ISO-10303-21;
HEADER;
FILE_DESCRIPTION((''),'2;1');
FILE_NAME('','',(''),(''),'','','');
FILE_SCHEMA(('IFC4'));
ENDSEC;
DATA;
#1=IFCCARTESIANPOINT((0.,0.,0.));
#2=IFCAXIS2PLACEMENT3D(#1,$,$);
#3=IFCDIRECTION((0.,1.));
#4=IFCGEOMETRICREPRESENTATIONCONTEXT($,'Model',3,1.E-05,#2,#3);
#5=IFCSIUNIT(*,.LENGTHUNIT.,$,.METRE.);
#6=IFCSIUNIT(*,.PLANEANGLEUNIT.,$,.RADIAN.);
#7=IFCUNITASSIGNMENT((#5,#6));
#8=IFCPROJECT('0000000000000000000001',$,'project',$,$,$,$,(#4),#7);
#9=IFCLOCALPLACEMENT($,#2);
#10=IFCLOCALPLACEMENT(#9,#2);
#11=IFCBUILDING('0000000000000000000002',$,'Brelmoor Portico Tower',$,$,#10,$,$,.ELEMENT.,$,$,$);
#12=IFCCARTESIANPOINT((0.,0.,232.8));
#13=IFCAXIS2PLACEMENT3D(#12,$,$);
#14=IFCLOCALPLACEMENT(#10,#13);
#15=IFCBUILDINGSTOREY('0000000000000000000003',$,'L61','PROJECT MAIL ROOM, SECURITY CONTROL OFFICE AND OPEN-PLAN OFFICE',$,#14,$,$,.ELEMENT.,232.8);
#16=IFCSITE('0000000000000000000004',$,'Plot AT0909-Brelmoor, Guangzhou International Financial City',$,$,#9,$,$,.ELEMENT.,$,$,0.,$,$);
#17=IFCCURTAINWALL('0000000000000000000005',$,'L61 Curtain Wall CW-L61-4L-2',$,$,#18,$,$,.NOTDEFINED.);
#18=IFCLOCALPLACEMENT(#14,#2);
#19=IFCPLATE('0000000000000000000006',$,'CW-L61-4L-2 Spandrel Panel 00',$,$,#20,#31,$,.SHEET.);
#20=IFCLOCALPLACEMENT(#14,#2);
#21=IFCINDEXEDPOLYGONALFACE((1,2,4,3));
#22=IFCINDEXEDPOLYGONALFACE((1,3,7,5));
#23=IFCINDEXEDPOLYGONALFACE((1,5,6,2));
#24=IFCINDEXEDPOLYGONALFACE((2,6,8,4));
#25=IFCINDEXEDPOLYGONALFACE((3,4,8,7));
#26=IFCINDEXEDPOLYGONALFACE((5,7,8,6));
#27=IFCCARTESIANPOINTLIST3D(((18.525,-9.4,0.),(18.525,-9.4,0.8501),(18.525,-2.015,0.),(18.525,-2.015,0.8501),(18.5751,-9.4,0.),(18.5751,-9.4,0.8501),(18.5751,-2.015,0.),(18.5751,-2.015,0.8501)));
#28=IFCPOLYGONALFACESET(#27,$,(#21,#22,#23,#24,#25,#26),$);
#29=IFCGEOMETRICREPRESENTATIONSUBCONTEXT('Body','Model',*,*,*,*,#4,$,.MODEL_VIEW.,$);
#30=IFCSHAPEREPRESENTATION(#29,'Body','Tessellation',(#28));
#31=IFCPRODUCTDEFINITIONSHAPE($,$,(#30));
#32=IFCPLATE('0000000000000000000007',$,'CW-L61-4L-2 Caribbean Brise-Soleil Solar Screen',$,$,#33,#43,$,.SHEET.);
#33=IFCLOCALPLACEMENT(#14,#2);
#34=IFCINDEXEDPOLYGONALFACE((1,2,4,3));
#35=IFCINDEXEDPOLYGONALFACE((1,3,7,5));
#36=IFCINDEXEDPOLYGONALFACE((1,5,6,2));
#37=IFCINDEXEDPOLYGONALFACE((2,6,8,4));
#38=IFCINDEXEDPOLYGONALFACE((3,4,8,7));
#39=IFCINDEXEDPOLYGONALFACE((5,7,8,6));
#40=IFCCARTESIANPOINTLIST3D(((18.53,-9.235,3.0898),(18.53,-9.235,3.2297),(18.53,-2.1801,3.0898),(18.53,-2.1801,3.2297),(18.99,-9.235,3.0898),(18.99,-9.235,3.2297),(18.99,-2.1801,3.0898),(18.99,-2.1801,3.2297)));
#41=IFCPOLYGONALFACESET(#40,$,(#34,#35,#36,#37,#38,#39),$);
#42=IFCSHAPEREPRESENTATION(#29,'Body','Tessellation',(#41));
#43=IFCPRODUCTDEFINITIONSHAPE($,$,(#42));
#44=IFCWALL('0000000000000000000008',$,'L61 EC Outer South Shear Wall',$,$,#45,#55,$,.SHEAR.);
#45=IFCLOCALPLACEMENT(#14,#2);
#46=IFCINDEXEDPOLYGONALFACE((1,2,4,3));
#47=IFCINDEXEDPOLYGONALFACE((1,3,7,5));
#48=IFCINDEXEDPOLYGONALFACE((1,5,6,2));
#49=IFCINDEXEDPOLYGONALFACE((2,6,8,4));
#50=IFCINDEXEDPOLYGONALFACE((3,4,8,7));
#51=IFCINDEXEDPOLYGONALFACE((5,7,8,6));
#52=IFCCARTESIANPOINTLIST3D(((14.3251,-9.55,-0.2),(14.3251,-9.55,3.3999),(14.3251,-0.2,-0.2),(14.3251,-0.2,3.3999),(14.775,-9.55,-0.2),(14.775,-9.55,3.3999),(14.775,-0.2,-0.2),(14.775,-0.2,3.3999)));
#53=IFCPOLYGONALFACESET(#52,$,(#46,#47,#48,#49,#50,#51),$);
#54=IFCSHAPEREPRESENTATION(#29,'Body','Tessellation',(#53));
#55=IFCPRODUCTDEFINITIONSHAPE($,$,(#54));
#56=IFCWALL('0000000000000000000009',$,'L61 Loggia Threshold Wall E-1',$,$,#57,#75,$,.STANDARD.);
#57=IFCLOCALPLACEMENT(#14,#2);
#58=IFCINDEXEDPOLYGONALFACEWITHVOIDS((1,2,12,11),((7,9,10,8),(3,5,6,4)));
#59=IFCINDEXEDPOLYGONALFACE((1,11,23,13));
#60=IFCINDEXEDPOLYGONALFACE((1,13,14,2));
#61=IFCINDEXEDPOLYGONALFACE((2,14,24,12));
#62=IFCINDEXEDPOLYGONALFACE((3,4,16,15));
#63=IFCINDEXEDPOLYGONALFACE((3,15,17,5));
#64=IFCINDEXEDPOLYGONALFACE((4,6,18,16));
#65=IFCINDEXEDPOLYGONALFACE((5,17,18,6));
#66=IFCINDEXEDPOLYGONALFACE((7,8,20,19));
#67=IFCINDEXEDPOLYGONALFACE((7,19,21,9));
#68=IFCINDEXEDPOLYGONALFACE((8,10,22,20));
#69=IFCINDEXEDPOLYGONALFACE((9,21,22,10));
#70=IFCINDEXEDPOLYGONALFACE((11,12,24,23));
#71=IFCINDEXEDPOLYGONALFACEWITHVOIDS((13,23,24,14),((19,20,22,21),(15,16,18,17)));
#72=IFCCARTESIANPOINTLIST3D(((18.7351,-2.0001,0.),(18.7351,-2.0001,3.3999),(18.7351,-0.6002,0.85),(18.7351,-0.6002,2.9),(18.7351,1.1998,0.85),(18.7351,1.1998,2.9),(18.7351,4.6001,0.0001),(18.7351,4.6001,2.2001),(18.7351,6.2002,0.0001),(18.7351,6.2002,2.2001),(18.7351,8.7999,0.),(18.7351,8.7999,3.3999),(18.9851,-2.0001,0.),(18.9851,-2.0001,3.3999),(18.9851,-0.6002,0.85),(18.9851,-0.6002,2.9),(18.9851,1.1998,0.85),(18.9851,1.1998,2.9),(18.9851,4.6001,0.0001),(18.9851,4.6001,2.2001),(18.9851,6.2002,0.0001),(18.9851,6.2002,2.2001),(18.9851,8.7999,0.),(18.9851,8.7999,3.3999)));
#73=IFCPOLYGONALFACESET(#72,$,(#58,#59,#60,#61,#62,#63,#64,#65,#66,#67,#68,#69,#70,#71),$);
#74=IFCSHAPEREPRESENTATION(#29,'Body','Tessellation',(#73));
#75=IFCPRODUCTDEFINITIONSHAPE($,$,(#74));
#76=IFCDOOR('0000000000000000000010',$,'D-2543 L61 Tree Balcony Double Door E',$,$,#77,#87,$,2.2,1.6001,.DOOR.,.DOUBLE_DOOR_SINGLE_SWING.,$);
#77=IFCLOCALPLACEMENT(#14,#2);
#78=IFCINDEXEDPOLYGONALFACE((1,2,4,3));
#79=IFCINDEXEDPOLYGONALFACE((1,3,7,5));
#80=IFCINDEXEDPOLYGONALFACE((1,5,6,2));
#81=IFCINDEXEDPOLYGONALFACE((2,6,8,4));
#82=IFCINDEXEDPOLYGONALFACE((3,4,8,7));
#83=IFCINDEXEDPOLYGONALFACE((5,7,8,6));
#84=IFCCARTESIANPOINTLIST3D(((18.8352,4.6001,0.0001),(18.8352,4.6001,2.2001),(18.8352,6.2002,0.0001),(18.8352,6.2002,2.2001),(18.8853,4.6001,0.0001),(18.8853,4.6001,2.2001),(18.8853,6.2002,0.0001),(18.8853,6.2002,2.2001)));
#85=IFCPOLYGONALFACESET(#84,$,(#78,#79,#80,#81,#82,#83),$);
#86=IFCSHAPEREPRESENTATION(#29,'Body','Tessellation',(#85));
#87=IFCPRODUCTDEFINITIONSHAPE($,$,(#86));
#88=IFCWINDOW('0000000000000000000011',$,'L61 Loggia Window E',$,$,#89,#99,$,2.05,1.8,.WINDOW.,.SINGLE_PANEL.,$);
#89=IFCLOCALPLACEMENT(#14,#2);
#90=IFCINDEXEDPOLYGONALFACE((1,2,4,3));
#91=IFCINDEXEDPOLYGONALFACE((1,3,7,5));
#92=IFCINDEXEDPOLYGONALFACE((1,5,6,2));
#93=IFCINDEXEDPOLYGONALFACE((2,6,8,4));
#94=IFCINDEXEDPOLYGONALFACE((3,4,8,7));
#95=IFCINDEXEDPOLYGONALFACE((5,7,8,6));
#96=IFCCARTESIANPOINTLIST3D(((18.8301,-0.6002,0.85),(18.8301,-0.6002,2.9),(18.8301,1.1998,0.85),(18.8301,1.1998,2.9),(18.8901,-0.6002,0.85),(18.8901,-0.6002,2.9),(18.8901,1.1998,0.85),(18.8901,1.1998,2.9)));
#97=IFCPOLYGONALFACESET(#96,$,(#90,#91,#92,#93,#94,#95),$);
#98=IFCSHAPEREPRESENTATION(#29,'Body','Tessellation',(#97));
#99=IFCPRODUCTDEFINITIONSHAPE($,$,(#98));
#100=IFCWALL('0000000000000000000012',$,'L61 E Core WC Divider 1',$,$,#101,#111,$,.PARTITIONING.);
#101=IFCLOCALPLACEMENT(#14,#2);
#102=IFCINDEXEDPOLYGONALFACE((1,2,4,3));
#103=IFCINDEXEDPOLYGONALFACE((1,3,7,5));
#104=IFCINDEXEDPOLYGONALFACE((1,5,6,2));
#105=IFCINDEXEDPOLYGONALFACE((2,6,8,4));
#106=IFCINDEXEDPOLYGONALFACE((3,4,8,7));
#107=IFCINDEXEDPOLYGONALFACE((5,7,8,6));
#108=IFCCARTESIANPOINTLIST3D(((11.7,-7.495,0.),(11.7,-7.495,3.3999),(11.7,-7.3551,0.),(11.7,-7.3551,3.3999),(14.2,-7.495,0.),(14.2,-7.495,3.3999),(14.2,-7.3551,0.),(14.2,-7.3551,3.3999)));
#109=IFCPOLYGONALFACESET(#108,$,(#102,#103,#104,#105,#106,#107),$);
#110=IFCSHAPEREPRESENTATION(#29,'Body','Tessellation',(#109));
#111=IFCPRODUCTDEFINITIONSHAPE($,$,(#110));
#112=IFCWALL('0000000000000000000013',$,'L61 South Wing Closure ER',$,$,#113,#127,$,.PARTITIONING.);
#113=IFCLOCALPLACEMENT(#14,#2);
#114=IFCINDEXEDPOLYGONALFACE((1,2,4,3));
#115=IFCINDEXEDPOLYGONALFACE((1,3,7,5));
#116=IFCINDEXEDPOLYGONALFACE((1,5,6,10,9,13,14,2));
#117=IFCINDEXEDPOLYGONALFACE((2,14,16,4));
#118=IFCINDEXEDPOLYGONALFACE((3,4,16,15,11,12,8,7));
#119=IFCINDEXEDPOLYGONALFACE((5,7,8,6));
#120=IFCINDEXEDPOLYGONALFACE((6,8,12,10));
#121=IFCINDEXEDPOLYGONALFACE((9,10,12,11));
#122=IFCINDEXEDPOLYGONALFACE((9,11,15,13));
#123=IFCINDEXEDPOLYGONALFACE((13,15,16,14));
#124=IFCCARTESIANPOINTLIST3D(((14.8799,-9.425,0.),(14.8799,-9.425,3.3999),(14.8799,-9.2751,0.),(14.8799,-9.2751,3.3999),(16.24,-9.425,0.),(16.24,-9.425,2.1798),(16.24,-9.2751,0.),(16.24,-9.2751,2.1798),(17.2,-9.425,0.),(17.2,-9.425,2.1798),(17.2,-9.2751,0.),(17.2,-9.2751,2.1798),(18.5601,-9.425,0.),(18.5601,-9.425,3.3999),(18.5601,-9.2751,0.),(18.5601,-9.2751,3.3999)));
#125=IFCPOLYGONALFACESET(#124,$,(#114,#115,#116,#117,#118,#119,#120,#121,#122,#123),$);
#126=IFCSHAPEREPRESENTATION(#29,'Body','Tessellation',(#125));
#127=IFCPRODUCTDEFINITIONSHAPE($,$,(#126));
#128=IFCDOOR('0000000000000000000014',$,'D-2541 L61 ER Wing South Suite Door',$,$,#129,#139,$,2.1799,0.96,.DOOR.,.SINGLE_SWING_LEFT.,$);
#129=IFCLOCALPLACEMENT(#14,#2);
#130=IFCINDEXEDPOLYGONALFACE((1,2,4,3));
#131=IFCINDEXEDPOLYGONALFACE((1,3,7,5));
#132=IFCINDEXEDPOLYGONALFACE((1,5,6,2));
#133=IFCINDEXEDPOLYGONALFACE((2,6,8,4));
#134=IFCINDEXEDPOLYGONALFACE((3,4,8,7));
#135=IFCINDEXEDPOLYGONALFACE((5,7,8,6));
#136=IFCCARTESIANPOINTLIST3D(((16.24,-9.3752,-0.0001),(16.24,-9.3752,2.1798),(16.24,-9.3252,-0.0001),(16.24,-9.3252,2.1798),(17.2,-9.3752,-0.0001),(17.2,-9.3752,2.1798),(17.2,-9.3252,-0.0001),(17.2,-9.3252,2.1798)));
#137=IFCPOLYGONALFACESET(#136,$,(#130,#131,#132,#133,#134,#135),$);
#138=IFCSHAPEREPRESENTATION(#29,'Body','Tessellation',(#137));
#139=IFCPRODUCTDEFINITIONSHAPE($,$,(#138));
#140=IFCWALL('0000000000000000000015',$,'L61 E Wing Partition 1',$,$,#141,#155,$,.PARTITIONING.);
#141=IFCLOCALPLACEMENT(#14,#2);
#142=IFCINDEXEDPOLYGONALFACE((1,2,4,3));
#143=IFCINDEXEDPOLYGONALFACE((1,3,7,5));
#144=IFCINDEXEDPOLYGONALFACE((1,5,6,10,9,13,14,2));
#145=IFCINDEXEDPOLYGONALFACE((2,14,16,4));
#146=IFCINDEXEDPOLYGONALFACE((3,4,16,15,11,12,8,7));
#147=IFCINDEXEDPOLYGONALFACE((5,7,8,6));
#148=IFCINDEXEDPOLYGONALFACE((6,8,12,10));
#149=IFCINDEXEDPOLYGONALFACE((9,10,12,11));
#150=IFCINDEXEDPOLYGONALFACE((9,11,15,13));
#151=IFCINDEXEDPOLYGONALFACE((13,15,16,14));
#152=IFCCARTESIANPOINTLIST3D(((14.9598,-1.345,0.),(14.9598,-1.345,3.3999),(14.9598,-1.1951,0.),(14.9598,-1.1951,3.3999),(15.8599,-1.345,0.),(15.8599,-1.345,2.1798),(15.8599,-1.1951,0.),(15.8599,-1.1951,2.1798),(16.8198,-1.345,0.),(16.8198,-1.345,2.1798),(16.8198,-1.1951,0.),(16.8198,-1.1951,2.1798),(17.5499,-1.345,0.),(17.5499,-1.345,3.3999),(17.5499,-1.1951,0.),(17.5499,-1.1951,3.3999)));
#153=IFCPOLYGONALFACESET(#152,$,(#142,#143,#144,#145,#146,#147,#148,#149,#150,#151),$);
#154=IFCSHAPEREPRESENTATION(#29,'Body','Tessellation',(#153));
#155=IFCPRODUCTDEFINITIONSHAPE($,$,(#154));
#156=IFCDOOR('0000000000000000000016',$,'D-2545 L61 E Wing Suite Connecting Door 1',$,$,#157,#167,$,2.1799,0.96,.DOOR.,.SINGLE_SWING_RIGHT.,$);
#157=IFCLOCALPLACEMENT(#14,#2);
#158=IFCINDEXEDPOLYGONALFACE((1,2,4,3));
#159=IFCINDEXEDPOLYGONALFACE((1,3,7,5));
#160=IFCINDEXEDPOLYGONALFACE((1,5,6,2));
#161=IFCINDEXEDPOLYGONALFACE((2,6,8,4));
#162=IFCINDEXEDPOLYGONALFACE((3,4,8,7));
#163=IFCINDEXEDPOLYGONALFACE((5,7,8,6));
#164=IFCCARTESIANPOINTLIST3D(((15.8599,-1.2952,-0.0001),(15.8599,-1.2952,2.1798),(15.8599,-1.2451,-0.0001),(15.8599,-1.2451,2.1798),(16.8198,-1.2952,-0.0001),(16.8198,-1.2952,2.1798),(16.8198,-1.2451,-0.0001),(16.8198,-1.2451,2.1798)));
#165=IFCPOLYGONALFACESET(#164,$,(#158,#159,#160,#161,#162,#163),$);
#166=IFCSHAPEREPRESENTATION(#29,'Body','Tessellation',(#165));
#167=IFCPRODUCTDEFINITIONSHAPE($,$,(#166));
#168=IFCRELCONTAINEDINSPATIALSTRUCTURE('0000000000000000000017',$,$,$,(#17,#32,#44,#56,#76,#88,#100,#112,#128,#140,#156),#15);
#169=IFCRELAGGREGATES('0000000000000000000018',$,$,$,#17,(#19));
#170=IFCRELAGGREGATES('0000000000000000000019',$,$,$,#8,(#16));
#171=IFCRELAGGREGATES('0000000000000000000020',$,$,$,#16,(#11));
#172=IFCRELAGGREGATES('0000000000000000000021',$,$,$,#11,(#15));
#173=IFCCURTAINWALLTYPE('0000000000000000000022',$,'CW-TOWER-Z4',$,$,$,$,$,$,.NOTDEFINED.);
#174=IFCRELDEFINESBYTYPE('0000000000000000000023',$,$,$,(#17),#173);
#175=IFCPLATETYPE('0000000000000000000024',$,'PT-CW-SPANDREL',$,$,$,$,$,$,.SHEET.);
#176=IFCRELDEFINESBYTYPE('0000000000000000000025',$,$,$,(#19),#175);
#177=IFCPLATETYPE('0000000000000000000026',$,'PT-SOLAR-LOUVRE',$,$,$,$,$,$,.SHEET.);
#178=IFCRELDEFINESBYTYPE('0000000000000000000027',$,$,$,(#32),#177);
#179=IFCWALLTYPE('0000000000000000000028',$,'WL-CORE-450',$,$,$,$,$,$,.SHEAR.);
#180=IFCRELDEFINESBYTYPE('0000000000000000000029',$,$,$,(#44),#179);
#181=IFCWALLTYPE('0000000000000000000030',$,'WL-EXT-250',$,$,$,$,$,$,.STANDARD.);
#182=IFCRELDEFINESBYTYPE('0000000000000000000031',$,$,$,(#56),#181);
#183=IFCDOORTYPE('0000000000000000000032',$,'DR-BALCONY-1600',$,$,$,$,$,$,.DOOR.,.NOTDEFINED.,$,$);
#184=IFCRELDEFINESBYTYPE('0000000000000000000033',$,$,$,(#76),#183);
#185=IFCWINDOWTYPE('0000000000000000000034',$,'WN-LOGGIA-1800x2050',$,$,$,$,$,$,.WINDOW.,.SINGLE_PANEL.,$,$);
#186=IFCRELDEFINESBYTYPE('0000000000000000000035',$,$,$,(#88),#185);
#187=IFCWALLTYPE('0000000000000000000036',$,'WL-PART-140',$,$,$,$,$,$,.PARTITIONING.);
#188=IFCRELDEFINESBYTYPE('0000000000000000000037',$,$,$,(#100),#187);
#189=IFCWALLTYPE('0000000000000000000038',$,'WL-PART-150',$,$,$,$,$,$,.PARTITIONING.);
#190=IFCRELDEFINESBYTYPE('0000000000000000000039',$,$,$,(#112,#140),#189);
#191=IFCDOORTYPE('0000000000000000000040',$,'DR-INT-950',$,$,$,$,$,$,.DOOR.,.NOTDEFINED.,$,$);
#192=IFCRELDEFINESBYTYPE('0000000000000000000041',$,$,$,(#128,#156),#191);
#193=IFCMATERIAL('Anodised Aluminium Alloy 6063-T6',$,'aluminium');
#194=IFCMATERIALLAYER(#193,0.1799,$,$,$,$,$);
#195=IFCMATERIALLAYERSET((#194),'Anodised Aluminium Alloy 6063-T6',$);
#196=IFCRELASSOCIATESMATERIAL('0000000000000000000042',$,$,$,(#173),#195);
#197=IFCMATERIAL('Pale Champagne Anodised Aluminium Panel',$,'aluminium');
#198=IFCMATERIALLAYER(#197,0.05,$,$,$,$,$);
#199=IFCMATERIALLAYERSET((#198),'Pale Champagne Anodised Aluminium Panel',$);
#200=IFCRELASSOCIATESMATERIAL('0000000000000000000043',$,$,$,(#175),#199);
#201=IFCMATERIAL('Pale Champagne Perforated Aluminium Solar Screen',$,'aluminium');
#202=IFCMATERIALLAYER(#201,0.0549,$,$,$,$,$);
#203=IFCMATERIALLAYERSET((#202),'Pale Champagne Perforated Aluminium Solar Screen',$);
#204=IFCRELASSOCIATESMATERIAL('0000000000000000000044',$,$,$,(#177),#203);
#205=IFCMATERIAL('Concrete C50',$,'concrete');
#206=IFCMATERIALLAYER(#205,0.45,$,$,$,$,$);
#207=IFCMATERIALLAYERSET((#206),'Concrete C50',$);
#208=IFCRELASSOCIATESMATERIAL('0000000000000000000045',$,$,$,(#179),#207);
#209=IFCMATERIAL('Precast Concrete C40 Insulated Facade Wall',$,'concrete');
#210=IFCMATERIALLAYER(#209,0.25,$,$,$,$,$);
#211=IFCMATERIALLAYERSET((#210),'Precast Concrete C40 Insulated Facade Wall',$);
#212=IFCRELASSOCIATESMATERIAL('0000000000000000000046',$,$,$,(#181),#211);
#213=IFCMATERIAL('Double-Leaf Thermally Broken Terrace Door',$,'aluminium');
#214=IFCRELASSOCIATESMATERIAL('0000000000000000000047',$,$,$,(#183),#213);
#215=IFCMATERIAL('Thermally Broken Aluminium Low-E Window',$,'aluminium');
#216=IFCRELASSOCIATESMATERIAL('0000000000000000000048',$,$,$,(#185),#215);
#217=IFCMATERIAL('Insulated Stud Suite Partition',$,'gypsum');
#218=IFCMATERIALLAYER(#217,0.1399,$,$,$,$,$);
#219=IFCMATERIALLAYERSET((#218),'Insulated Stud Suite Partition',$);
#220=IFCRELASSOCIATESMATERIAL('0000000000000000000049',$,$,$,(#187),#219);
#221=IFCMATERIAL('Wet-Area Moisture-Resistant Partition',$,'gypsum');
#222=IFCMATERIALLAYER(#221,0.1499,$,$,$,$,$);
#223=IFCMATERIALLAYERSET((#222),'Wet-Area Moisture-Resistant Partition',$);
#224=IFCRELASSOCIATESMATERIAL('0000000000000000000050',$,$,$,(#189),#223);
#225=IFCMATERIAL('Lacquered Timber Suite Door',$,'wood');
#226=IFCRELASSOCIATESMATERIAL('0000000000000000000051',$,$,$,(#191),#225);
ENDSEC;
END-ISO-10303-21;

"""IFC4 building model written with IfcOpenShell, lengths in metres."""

from ifc_helpers import new_model, si_unit, direction, frame, frame_2d, origin, origin_2d, place, context, subcontext, project, spatial, rectangle, extrude, material, layer, layer_set, type_object, element, fill, aggregate, save


model = new_model("IFC4")

# Units and contexts
model_context = context("Model", 3, precision=1e-05, world=origin(), true_north=direction((0.0, 1.0)))
body_context = subcontext(model_context, "Body", "Model", "MODEL_VIEW")
ifc_project = project(units=[si_unit("LENGTHUNIT", "METRE"), si_unit("PLANEANGLEUNIT", "RADIAN")], contexts=[model_context])

# Site, building, storey
site_placement = place(None, origin())
site = spatial("IfcSite", under=ifc_project, at=site_placement, Name="Plot AT0909-Brelmoor, Guangzhou International Financial City", CompositionType="ELEMENT", RefElevation=0.0)
building_placement = place(site_placement, origin())
building = spatial("IfcBuilding", under=site, at=building_placement, Name="Brelmoor Portico Tower", CompositionType="ELEMENT")
storey_placement = place(building_placement, frame((0.0, 0.0, 232.8)))
storey = spatial("IfcBuildingStorey", under=building, at=storey_placement, Name="L61", Description="PROJECT MAIL ROOM, SECURITY CONTROL OFFICE AND OPEN-PLAN OFFICE", CompositionType="ELEMENT", Elevation=232.8)

# Curtain wall
ifc_material_1 = material(Name="Anodised Aluminium Alloy 6063-T6", Category="aluminium")
ifc_layer_1 = layer(ifc_material_1, 0.1799)
ifc_layer_set_1 = layer_set([ifc_layer_1], Name="Anodised Aluminium Alloy 6063-T6")
curtain_wall_type = type_object("IfcCurtainWallType", Name="CW-TOWER-Z4", PredefinedType="NOTDEFINED", material=ifc_layer_set_1)
curtain_wall_placement = place(storey_placement, origin())
curtain_wall = element("IfcCurtainWall", 1, at=curtain_wall_placement, inside=storey, type_object=curtain_wall_type, Name="L61 Curtain Wall CW-L61-4L-2", PredefinedType="NOTDEFINED")

# Plates
ifc_material_2 = material(Name="Pale Champagne Anodised Aluminium Panel", Category="aluminium")
ifc_layer_2 = layer(ifc_material_2, 0.05)
ifc_layer_set_2 = layer_set([ifc_layer_2], Name="Pale Champagne Anodised Aluminium Panel")
plate_type_1 = type_object("IfcPlateType", Name="PT-CW-SPANDREL", PredefinedType="SHEET", material=ifc_layer_set_2)
plate_1_placement = place(storey_placement, frame((18.55, -5.7075, 0.0), z_axis=(0.0, 0.0, 1.0), x_axis=(0.0, 1.0, 0.0)))
plate_1 = element("IfcPlate", 2, at=plate_1_placement, type_object=plate_type_1, Name="CW-L61-4L-2 Spandrel Panel 00", PredefinedType="SHEET", context=body_context, shape_type="SweptSolid", body=[
    extrude(rectangle(XDim=7.385, YDim=0.05, at=origin_2d()), origin(), (0.0, 0.0, 1.0), 0.8501),
])
aggregate(curtain_wall, [plate_1])
ifc_material_3 = material(Name="Pale Champagne Perforated Aluminium Solar Screen", Category="aluminium")
ifc_layer_3 = layer(ifc_material_3, 0.0549)
ifc_layer_set_3 = layer_set([ifc_layer_3], Name="Pale Champagne Perforated Aluminium Solar Screen")
plate_type_2 = type_object("IfcPlateType", Name="PT-SOLAR-LOUVRE", PredefinedType="SHEET", material=ifc_layer_set_3)
plate_2_placement = place(storey_placement, frame((18.76, -5.7075, 3.0898), z_axis=(0.0, 0.0, 1.0), x_axis=(0.0, 1.0, 0.0)))
element("IfcPlate", 3, at=plate_2_placement, inside=storey, type_object=plate_type_2, Name="CW-L61-4L-2 Caribbean Brise-Soleil Solar Screen", PredefinedType="SHEET", context=body_context, shape_type="SweptSolid", body=[
    extrude(rectangle(XDim=7.0549, YDim=0.46, at=origin_2d()), origin(), (0.0, 0.0, 1.0), 0.1399),
])

# Wall
ifc_material_4 = material(Name="Concrete C50", Category="concrete")
ifc_layer_4 = layer(ifc_material_4, 0.45)
ifc_layer_set_4 = layer_set([ifc_layer_4], Name="Concrete C50")
wall_type_1 = type_object("IfcWallType", Name="WL-CORE-450", PredefinedType="SHEAR", material=ifc_layer_set_4)
wall_1_placement = place(storey_placement, frame((14.55, -9.55, -0.2), z_axis=(0.0, 0.0, 1.0), x_axis=(0.0, 1.0, 0.0)))
element("IfcWall", 4, at=wall_1_placement, inside=storey, type_object=wall_type_1, Name="L61 EC Outer South Shear Wall", PredefinedType="SHEAR", context=body_context, shape_type="SweptSolid", body=[
    extrude(rectangle(XDim=9.3501, YDim=0.45, at=frame_2d((4.675, 0.0))), origin(), (0.0, 0.0, 1.0), 3.5999),
])

# Wall, openings, door, window
ifc_material_5 = material(Name="Precast Concrete C40 Insulated Facade Wall", Category="concrete")
ifc_layer_5 = layer(ifc_material_5, 0.25)
ifc_layer_set_5 = layer_set([ifc_layer_5], Name="Precast Concrete C40 Insulated Facade Wall")
wall_type_2 = type_object("IfcWallType", Name="WL-EXT-250", PredefinedType="STANDARD", material=ifc_layer_set_5)
wall_2_placement = place(storey_placement, frame((18.8601, -2.0, 0.0), z_axis=(0.0, 0.0, 1.0), x_axis=(0.0, 1.0, 0.0)))
wall_2 = element("IfcWall", 5, at=wall_2_placement, inside=storey, type_object=wall_type_2, Name="L61 Loggia Threshold Wall E-1", PredefinedType="STANDARD", context=body_context, shape_type="SweptSolid", body=[
    extrude(rectangle(XDim=10.8, YDim=0.25, at=frame_2d((5.3999, 0.0))), origin(), (0.0, 0.0, 1.0), 3.3999),
])
opening_1_placement = place(wall_2_placement, frame((6.6001, 0.0, 0.0)))
opening_1 = element("IfcOpeningElement", 6, at=opening_1_placement, cuts=wall_2, PredefinedType="OPENING", context=body_context, shape_type="SweptSolid", body=[
    extrude(rectangle(XDim=1.6001, YDim=2.2, at=frame_2d((0.8, 1.1001))), frame((0.0, 0.135, 0.0), z_axis=(0.0, -1.0, 0.0), x_axis=(1.0, 0.0, 0.0)), (0.0, 0.0, 1.0), 0.27),
])
opening_2_placement = place(wall_2_placement, frame((1.3999, 0.0, 0.8501)))
opening_2 = element("IfcOpeningElement", 7, at=opening_2_placement, cuts=wall_2, PredefinedType="OPENING", context=body_context, shape_type="SweptSolid", body=[
    extrude(rectangle(XDim=1.8, YDim=2.05, at=frame_2d((0.8999, 1.0249))), frame((0.0, 0.135, 0.0), z_axis=(0.0, -1.0, 0.0), x_axis=(1.0, 0.0, 0.0)), (0.0, 0.0, 1.0), 0.27),
])
ifc_material_6 = material(Name="Double-Leaf Thermally Broken Terrace Door", Category="aluminium")
door_type_1 = type_object("IfcDoorType", Name="DR-BALCONY-1600", OperationType="NOTDEFINED", PredefinedType="DOOR", material=ifc_material_6)
door_1_placement = place(opening_1_placement, origin())
door_1 = element("IfcDoor", 8, at=door_1_placement, inside=storey, type_object=door_type_1, Name="D-2543 L61 Tree Balcony Double Door E", OperationType="DOUBLE_DOOR_SINGLE_SWING", OverallHeight=2.2, OverallWidth=1.6001, PredefinedType="DOOR", context=body_context, shape_type="SweptSolid", body=[
    extrude(rectangle(XDim=1.6001, YDim=2.2, at=frame_2d((0.8, 1.1001))), frame((0.0, 0.0249, 0.0), z_axis=(0.0, -1.0, 0.0), x_axis=(1.0, 0.0, 0.0)), (0.0, 0.0, 1.0), 0.05),
])
fill(opening_1, door_1)
ifc_material_7 = material(Name="Thermally Broken Aluminium Low-E Window", Category="aluminium")
window_type = type_object("IfcWindowType", Name="WN-LOGGIA-1800x2050", PartitioningType="SINGLE_PANEL", PredefinedType="WINDOW", material=ifc_material_7)
window_placement = place(opening_2_placement, origin())
window = element("IfcWindow", 9, at=window_placement, inside=storey, type_object=window_type, Name="L61 Loggia Window E", OverallHeight=2.05, OverallWidth=1.8, PartitioningType="SINGLE_PANEL", PredefinedType="WINDOW", context=body_context, shape_type="SweptSolid", body=[
    extrude(rectangle(XDim=1.8, YDim=2.05, at=frame_2d((0.8999, 1.0249))), frame((0.0, 0.03, 0.0), z_axis=(0.0, -1.0, 0.0), x_axis=(1.0, 0.0, 0.0)), (0.0, 0.0, 1.0), 0.0601),
])
fill(opening_2, window)

# Wall
ifc_material_8 = material(Name="Insulated Stud Suite Partition", Category="gypsum")
ifc_layer_6 = layer(ifc_material_8, 0.1399)
ifc_layer_set_6 = layer_set([ifc_layer_6], Name="Insulated Stud Suite Partition")
wall_type_3 = type_object("IfcWallType", Name="WL-PART-140", PredefinedType="PARTITIONING", material=ifc_layer_set_6)
wall_3_placement = place(storey_placement, frame((11.7, -7.425, 0.0), z_axis=(0.0, 0.0, 1.0), x_axis=(1.0, 0.0, 0.0)))
element("IfcWall", 10, at=wall_3_placement, inside=storey, type_object=wall_type_3, Name="L61 E Core WC Divider 1", PredefinedType="PARTITIONING", context=body_context, shape_type="SweptSolid", body=[
    extrude(rectangle(XDim=2.5, YDim=0.1399, at=frame_2d((1.25, 0.0))), origin(), (0.0, 0.0, 1.0), 3.3999),
])

# Walls, openings, doors
ifc_material_9 = material(Name="Wet-Area Moisture-Resistant Partition", Category="gypsum")
ifc_layer_7 = layer(ifc_material_9, 0.1499)
ifc_layer_set_7 = layer_set([ifc_layer_7], Name="Wet-Area Moisture-Resistant Partition")
wall_type_4 = type_object("IfcWallType", Name="WL-PART-150", PredefinedType="PARTITIONING", material=ifc_layer_set_7)
wall_4_placement = place(storey_placement, frame((14.8799, -9.3501, 0.0), z_axis=(0.0, 0.0, 1.0), x_axis=(1.0, 0.0, 0.0)))
wall_4 = element("IfcWall", 11, at=wall_4_placement, inside=storey, type_object=wall_type_4, Name="L61 South Wing Closure ER", PredefinedType="PARTITIONING", context=body_context, shape_type="SweptSolid", body=[
    extrude(rectangle(XDim=3.6802, YDim=0.1499, at=frame_2d((1.8401, 0.0))), origin(), (0.0, 0.0, 1.0), 3.3999),
])
opening_3_placement = place(wall_4_placement, frame((1.3601, 0.0, 0.0)))
opening_3 = element("IfcOpeningElement", 12, at=opening_3_placement, cuts=wall_4, PredefinedType="OPENING", context=body_context, shape_type="SweptSolid", body=[
    extrude(rectangle(XDim=0.96, YDim=2.1799, at=frame_2d((0.48, 1.0898))), frame((0.0, 0.085, 0.0), z_axis=(0.0, -1.0, 0.0), x_axis=(1.0, 0.0, 0.0)), (0.0, 0.0, 1.0), 0.1699),
])
ifc_material_10 = material(Name="Lacquered Timber Suite Door", Category="wood")
door_type_2 = type_object("IfcDoorType", Name="DR-INT-950", OperationType="NOTDEFINED", PredefinedType="DOOR", material=ifc_material_10)
door_2_placement = place(opening_3_placement, origin())
door_2 = element("IfcDoor", 13, at=door_2_placement, inside=storey, type_object=door_type_2, Name="D-2541 L61 ER Wing South Suite Door", OperationType="SINGLE_SWING_LEFT", OverallHeight=2.1799, OverallWidth=0.96, PredefinedType="DOOR", context=body_context, shape_type="SweptSolid", body=[
    extrude(rectangle(XDim=0.96, YDim=2.1799, at=frame_2d((0.48, 1.0898))), frame((0.0, 0.0249, 0.0), z_axis=(0.0, -1.0, 0.0), x_axis=(1.0, 0.0, 0.0)), (0.0, 0.0, 1.0), 0.05),
])
fill(opening_3, door_2)
wall_5_placement = place(storey_placement, frame((14.96, -1.27, 0.0), z_axis=(0.0, 0.0, 1.0), x_axis=(1.0, 0.0, 0.0)))
wall_5 = element("IfcWall", 14, at=wall_5_placement, inside=storey, type_object=wall_type_4, Name="L61 E Wing Partition 1", PredefinedType="PARTITIONING", context=body_context, shape_type="SweptSolid", body=[
    extrude(rectangle(XDim=2.5901, YDim=0.1499, at=frame_2d((1.2949, 0.0))), origin(), (0.0, 0.0, 1.0), 3.3999),
])
opening_4_placement = place(wall_5_placement, frame((0.8999, 0.0, 0.0)))
opening_4 = element("IfcOpeningElement", 15, at=opening_4_placement, cuts=wall_5, PredefinedType="OPENING", context=body_context, shape_type="SweptSolid", body=[
    extrude(rectangle(XDim=0.96, YDim=2.1799, at=frame_2d((0.48, 1.0898))), frame((0.0, 0.085, 0.0), z_axis=(0.0, -1.0, 0.0), x_axis=(1.0, 0.0, 0.0)), (0.0, 0.0, 1.0), 0.1699),
])
door_3_placement = place(opening_4_placement, origin())
door_3 = element("IfcDoor", 16, at=door_3_placement, inside=storey, type_object=door_type_2, Name="D-2545 L61 E Wing Suite Connecting Door 1", OperationType="SINGLE_SWING_RIGHT", OverallHeight=2.1799, OverallWidth=0.96, PredefinedType="DOOR", context=body_context, shape_type="SweptSolid", body=[
    extrude(rectangle(XDim=0.96, YDim=2.1799, at=frame_2d((0.48, 1.0898))), frame((0.0, 0.0249, 0.0), z_axis=(0.0, -1.0, 0.0), x_axis=(1.0, 0.0, 0.0)), (0.0, 0.0, 1.0), 0.05),
])
fill(opening_4, door_3)

save(model, "model.ifc")
